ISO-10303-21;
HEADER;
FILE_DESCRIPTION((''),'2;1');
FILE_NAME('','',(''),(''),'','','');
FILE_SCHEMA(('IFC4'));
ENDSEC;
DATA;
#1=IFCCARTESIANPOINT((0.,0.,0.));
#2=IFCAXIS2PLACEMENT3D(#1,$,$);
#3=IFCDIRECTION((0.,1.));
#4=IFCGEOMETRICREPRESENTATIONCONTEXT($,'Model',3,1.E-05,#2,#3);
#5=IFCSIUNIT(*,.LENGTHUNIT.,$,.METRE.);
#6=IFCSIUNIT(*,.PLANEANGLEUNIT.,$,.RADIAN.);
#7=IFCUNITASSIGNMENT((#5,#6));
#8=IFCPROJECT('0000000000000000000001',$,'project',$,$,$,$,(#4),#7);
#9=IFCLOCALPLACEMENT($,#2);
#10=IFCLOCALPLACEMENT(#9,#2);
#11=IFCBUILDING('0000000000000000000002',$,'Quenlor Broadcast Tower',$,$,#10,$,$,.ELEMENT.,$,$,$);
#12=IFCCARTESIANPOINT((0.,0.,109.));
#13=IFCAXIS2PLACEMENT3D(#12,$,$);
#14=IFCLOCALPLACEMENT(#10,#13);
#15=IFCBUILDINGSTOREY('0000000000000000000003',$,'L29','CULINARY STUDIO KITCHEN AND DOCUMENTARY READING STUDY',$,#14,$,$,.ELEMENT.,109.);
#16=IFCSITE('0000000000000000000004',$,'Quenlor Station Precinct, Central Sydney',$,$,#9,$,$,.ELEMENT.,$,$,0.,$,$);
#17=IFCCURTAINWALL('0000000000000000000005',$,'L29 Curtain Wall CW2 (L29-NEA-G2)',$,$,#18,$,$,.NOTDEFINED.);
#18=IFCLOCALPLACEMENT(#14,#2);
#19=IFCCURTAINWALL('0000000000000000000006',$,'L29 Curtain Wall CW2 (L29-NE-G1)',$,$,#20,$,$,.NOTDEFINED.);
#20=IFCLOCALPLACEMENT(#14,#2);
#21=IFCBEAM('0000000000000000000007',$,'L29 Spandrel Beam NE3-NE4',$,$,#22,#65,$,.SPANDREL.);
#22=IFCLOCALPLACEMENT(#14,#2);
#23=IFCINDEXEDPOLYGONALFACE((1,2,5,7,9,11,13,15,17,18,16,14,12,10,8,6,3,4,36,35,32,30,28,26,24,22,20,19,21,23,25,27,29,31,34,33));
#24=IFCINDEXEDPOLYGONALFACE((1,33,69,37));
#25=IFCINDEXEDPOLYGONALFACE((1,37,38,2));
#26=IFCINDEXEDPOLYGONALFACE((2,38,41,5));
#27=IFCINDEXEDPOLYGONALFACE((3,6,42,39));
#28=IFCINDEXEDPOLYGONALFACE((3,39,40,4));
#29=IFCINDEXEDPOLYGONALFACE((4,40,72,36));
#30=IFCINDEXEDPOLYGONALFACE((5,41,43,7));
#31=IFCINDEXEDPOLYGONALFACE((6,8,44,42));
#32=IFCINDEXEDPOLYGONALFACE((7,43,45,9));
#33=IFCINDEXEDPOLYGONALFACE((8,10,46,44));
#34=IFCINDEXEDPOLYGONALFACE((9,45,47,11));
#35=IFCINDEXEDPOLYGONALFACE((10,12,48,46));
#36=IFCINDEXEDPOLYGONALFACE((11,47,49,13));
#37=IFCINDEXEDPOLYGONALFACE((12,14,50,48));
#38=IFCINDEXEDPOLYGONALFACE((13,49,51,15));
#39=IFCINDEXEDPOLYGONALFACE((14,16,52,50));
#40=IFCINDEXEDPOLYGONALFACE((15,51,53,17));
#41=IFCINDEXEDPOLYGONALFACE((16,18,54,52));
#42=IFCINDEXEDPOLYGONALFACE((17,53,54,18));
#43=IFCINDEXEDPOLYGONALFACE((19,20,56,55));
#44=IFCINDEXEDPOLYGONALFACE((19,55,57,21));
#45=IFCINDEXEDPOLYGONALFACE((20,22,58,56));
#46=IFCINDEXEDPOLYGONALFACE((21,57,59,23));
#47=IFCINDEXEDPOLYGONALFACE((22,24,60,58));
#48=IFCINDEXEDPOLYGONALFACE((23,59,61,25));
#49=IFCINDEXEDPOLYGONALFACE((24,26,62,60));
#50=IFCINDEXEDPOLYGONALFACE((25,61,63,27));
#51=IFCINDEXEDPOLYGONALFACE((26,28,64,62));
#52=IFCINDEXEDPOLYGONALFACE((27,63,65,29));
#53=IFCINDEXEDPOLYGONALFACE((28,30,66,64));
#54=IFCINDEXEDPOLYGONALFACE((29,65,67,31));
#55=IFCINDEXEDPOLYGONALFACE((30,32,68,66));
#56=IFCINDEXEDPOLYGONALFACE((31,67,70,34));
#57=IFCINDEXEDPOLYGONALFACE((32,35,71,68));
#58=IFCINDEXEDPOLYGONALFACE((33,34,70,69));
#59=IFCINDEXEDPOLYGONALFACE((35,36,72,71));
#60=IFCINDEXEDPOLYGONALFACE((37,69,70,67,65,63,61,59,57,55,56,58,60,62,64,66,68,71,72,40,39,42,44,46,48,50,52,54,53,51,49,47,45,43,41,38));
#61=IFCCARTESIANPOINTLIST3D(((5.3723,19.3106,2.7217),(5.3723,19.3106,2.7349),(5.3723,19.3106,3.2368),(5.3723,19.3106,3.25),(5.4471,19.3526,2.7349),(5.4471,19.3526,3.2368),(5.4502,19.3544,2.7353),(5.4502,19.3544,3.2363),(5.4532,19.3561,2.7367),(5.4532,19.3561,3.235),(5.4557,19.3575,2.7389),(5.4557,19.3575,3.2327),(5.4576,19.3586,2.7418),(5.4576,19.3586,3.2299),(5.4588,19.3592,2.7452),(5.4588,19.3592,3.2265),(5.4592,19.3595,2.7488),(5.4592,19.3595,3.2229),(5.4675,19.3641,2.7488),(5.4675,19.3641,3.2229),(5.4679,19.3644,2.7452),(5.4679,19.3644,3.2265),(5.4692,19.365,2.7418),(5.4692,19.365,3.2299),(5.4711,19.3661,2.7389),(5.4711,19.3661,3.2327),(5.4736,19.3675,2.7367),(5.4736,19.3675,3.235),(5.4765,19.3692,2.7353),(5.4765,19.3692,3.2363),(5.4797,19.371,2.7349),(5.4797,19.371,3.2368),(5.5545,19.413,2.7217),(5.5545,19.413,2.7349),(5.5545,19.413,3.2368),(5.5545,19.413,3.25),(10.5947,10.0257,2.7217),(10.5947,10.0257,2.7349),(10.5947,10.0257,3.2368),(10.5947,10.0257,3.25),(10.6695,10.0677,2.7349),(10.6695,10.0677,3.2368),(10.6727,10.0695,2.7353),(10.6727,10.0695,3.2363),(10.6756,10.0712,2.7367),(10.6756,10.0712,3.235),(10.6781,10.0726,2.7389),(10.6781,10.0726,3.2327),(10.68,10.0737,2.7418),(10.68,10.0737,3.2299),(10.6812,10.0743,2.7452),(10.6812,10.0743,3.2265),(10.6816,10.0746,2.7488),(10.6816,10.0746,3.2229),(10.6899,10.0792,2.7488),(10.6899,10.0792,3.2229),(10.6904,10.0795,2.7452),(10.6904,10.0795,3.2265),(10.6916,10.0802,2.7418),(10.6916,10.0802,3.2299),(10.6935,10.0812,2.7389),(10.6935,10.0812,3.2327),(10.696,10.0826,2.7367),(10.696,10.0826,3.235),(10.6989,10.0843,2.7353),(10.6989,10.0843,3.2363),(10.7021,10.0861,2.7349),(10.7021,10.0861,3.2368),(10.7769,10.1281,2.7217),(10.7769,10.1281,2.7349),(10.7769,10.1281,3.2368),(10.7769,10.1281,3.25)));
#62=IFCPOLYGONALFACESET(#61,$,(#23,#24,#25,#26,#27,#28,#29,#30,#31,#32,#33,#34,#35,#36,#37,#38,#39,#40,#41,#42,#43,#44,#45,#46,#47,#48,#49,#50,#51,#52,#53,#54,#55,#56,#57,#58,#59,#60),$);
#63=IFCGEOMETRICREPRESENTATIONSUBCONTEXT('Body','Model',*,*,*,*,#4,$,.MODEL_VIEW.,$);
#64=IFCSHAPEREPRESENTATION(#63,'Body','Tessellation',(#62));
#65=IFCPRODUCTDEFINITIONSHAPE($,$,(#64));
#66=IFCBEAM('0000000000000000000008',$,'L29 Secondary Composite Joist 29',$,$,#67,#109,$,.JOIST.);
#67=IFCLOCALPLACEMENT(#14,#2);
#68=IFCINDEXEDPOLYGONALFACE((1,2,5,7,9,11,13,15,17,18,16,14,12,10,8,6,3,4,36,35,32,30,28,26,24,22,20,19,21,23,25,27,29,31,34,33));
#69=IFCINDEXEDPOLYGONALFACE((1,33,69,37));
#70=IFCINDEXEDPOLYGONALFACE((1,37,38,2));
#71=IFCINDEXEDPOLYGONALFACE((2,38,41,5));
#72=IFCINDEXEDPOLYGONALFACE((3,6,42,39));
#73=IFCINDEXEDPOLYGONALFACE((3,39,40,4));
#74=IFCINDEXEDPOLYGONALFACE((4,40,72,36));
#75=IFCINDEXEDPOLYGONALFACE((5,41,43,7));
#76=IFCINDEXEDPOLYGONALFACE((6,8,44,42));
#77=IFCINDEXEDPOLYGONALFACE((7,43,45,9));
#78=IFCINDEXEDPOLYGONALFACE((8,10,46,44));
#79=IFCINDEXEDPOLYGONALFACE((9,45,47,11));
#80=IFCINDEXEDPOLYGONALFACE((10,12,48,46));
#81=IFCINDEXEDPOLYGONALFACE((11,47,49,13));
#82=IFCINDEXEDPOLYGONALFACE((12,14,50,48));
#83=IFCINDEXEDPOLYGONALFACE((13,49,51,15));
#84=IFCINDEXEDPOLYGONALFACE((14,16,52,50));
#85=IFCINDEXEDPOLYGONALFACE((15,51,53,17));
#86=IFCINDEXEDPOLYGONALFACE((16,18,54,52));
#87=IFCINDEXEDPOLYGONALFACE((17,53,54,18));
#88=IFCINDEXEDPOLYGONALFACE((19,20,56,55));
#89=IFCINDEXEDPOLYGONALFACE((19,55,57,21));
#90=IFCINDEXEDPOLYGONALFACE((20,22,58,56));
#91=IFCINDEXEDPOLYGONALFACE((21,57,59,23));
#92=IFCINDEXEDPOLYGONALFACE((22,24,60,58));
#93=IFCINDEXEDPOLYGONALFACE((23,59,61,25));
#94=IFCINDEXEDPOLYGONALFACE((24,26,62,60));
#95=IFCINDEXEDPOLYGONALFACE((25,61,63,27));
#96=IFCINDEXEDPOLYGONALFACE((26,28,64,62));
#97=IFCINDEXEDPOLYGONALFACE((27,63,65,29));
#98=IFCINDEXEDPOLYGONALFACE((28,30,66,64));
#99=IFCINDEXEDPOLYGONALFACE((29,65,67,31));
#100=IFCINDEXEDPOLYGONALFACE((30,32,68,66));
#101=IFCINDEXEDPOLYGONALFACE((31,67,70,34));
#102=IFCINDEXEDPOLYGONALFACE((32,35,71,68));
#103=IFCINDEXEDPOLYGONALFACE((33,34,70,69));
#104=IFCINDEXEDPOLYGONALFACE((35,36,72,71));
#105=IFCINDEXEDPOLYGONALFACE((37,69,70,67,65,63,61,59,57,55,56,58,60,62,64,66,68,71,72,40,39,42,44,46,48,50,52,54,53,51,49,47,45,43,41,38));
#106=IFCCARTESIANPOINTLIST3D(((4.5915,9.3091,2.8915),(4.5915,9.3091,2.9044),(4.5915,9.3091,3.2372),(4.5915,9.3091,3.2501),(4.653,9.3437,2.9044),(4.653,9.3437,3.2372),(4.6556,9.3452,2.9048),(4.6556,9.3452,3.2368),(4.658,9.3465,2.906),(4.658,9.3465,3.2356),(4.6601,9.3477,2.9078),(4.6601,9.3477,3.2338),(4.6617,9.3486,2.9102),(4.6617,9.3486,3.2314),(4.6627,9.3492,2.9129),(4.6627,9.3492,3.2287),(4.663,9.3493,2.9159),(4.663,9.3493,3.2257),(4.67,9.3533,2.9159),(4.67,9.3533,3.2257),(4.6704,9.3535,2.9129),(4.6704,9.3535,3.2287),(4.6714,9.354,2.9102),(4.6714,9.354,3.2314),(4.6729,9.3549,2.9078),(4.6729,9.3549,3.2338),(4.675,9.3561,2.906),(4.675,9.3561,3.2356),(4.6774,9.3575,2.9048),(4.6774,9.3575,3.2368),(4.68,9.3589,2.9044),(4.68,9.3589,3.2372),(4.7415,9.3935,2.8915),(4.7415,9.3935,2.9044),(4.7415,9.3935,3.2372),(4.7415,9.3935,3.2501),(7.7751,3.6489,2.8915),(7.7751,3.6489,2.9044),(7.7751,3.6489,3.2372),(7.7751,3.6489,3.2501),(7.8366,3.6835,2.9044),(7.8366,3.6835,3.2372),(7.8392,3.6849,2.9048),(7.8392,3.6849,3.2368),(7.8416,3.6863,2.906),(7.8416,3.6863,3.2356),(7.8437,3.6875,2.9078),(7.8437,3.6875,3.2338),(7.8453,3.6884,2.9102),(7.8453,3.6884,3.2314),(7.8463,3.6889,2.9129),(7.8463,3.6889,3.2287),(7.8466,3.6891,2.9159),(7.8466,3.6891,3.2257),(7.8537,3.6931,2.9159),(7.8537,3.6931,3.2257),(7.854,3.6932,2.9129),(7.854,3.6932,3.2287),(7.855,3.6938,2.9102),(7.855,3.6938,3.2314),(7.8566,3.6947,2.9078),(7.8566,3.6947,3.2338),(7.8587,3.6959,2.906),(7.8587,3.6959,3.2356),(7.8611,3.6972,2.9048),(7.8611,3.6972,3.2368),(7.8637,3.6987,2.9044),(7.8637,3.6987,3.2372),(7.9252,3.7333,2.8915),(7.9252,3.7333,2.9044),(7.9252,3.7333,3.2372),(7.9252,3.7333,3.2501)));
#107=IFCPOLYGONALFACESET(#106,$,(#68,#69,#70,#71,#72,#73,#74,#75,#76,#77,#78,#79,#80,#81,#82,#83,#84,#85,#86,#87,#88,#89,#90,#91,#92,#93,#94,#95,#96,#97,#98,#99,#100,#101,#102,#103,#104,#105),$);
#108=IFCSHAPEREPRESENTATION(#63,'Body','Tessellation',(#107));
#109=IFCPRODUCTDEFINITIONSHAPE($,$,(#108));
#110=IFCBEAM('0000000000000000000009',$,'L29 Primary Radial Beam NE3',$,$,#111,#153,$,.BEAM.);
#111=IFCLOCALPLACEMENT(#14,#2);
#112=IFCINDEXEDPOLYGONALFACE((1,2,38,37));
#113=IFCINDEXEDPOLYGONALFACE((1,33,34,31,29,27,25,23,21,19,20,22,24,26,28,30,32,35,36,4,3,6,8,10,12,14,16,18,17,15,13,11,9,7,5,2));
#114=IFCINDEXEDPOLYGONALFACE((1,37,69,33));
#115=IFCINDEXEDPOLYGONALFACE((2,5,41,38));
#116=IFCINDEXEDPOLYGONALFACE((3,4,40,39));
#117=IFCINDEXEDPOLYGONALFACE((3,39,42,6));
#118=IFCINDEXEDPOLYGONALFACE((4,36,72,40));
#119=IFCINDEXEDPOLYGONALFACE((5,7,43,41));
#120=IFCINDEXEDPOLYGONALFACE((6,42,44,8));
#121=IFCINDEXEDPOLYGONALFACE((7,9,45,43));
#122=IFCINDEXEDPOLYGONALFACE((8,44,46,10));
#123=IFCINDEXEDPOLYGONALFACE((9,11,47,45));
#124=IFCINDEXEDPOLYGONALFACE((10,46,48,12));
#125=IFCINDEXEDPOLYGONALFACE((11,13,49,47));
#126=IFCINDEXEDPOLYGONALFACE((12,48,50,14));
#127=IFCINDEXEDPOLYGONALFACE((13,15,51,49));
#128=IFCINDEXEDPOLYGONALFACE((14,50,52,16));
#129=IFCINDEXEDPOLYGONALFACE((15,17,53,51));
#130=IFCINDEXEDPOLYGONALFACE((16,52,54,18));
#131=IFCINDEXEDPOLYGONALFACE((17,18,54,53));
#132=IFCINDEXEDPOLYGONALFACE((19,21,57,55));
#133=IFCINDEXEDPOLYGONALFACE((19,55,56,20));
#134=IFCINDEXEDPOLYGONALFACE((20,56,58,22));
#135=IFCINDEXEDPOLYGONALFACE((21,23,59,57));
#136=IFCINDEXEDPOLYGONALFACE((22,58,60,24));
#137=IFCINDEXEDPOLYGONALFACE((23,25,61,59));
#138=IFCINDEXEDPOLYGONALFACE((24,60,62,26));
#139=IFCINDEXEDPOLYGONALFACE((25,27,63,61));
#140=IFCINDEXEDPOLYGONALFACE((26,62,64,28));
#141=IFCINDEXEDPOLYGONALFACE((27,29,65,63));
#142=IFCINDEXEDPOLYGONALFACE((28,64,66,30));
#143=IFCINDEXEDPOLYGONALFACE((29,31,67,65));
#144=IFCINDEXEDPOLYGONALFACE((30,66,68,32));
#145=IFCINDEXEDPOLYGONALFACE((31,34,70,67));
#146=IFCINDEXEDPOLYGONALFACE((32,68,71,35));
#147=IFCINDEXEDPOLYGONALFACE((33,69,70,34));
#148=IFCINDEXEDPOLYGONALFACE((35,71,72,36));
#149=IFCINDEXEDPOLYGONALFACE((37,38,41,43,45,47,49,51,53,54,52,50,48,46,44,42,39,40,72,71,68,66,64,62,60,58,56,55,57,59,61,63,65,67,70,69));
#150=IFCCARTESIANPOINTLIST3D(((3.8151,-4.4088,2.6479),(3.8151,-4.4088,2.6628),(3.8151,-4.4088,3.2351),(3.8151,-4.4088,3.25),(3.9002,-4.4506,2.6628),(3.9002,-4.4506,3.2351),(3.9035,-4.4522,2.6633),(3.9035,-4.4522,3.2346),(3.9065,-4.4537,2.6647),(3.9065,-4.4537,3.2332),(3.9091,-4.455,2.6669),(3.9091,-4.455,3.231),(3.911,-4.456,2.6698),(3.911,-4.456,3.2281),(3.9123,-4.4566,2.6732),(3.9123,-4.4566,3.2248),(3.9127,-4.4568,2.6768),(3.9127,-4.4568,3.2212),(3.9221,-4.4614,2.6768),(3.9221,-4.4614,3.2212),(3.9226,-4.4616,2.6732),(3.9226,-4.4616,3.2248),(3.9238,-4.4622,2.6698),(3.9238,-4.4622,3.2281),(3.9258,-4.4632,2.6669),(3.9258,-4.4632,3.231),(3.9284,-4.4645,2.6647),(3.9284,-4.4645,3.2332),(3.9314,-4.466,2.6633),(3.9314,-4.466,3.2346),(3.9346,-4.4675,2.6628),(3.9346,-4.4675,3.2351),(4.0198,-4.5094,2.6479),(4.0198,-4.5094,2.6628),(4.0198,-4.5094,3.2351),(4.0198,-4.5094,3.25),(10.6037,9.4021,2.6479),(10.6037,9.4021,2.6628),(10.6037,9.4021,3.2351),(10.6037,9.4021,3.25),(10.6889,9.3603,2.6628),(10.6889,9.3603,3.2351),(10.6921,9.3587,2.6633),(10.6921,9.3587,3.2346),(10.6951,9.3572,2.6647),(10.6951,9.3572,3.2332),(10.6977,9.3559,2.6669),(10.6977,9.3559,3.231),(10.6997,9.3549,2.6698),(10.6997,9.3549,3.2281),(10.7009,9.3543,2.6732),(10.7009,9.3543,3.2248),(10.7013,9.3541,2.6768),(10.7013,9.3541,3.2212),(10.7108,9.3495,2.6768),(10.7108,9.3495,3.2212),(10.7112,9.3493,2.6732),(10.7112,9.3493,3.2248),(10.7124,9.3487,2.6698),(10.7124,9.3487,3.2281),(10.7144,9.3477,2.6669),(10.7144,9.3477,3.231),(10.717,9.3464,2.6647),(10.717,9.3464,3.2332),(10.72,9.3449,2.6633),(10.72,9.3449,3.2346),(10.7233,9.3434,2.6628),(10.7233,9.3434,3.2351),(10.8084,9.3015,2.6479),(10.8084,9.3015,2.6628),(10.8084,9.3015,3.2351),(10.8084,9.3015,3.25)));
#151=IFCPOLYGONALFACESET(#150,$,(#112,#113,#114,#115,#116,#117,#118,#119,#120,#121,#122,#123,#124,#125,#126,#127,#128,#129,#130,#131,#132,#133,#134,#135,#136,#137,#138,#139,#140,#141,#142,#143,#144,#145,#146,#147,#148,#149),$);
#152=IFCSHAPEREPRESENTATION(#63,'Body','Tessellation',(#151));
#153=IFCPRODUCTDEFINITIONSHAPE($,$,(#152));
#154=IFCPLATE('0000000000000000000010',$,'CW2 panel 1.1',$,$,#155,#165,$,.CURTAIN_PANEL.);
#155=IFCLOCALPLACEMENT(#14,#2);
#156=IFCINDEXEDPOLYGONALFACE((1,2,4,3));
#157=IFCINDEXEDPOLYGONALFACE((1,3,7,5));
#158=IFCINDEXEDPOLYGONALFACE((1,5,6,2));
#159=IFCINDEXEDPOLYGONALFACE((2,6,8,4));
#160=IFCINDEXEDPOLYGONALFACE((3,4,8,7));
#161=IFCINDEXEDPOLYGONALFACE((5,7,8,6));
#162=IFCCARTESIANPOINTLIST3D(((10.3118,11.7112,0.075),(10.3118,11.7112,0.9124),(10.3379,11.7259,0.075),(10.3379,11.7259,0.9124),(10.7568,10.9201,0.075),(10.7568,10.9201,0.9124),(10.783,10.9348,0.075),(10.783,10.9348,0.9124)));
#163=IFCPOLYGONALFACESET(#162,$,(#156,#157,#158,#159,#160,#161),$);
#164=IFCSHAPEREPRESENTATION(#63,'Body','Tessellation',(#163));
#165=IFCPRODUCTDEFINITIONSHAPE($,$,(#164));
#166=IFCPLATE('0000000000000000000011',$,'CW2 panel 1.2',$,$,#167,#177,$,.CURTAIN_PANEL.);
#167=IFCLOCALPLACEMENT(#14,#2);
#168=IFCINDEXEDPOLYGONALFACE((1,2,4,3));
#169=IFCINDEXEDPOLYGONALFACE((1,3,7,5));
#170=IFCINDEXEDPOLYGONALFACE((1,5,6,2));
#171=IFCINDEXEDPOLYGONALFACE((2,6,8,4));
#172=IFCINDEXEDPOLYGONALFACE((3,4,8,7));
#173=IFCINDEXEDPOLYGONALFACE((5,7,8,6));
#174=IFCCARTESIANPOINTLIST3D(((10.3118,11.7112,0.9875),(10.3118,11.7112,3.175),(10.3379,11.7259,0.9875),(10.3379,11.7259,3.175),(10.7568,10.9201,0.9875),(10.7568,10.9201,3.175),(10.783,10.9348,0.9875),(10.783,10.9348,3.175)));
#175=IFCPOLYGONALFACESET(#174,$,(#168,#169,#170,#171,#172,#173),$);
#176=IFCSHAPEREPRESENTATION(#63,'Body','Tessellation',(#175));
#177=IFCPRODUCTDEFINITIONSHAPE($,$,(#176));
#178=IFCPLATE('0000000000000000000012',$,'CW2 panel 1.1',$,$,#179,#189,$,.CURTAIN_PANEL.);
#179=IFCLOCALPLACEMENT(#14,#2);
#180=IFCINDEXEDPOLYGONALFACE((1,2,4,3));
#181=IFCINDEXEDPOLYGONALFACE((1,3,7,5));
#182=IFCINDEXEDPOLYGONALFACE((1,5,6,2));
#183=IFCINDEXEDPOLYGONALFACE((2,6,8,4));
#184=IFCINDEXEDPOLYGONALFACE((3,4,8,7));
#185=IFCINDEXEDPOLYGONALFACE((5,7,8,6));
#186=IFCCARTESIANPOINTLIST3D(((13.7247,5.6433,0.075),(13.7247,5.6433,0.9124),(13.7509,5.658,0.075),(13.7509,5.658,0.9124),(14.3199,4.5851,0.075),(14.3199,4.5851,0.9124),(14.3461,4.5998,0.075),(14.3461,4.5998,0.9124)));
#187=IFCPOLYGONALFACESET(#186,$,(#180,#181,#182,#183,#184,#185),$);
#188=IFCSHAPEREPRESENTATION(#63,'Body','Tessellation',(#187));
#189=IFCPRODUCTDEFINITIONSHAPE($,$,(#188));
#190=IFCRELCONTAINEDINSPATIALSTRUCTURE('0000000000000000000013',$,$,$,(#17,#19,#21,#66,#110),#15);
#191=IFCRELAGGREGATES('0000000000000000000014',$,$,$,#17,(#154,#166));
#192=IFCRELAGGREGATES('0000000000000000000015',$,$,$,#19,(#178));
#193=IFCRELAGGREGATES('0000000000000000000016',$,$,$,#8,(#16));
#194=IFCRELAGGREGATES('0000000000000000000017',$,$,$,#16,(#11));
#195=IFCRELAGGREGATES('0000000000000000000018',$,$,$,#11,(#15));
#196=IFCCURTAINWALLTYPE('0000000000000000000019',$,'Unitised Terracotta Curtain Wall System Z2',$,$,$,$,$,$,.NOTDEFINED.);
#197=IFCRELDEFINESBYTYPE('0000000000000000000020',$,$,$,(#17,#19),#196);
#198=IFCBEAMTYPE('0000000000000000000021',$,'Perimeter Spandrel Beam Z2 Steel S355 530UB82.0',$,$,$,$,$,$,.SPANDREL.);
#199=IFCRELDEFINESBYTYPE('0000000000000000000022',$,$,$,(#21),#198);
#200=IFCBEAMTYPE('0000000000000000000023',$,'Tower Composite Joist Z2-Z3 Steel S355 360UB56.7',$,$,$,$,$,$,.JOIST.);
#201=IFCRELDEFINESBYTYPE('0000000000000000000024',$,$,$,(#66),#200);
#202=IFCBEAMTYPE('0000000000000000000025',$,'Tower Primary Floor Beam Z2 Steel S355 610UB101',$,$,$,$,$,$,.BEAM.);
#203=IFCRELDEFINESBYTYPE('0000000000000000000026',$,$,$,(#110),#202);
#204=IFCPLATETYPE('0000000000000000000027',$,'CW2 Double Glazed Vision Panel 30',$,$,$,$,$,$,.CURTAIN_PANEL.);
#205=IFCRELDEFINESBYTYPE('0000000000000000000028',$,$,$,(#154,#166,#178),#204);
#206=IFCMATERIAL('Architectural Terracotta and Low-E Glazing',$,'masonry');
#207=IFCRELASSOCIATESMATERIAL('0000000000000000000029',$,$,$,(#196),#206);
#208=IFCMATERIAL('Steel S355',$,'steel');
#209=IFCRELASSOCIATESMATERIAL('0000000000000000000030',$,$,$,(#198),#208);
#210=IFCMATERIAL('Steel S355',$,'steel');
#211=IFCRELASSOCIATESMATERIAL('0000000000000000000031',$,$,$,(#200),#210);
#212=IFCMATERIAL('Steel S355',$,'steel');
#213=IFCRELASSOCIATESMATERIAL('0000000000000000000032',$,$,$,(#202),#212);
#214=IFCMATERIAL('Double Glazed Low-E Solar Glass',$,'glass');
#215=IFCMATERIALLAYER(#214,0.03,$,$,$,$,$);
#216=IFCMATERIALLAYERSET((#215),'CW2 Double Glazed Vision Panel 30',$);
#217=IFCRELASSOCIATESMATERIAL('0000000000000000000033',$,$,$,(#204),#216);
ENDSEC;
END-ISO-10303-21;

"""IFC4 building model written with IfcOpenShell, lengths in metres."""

from ifc_helpers import new_model, si_unit, direction, frame, origin, origin_2d, place, context, subcontext, project, spatial, rectangle, i_section, extrude, material, layer, layer_set, material_profile, profile_set, type_object, element, aggregate, save


model = new_model("IFC4")

# Units and contexts
model_context = context("Model", 3, precision=1e-05, world=origin(), true_north=direction((0.0, 1.0)))
body_context = subcontext(model_context, "Body", "Model", "MODEL_VIEW")
ifc_project = project(units=[si_unit("LENGTHUNIT", "METRE"), si_unit("PLANEANGLEUNIT", "RADIAN")], contexts=[model_context])

# Site, building, storey
site_placement = place(None, origin())
site = spatial("IfcSite", under=ifc_project, at=site_placement, Name="Quenlor Station Precinct, Central Sydney", CompositionType="ELEMENT", RefElevation=0.0)
building_placement = place(site_placement, origin())
building = spatial("IfcBuilding", under=site, at=building_placement, Name="Quenlor Broadcast Tower", CompositionType="ELEMENT")
storey_placement = place(building_placement, frame((0.0, 0.0, 109.0)))
storey = spatial("IfcBuildingStorey", under=building, at=storey_placement, Name="L29", Description="CULINARY STUDIO KITCHEN AND DOCUMENTARY READING STUDY", CompositionType="ELEMENT", Elevation=109.0)

# Curtain wall
ifc_material_1 = material(Name="Architectural Terracotta and Low-E Glazing", Category="masonry")
curtain_wall_type = type_object("IfcCurtainWallType", Name="Unitised Terracotta Curtain Wall System Z2", PredefinedType="NOTDEFINED", material=ifc_material_1)
curtain_wall_1_placement = place(storey_placement, origin())
curtain_wall_1 = element("IfcCurtainWall", 1, at=curtain_wall_1_placement, inside=storey, type_object=curtain_wall_type, Name="L29 Curtain Wall CW2 (L29-NEA-G2)", PredefinedType="NOTDEFINED")

# Curtain wall
curtain_wall_2_placement = place(storey_placement, origin())
curtain_wall_2 = element("IfcCurtainWall", 2, at=curtain_wall_2_placement, inside=storey, type_object=curtain_wall_type, Name="L29 Curtain Wall CW2 (L29-NE-G1)", PredefinedType="NOTDEFINED")

# Beams
ifc_material_2 = material(Name="Steel S355", Category="steel")
ifc_material_profile_1 = material_profile(ifc_material_2, i_section(OverallWidth=0.209, OverallDepth=0.5283, WebThickness=0.0095, FlangeThickness=0.0132, FilletRadius=0.0139, at=origin_2d()))
ifc_profile_set_1 = profile_set([ifc_material_profile_1], Name="Steel S355 530UB82.0")
beam_type_1 = type_object("IfcBeamType", Name="Perimeter Spandrel Beam Z2 Steel S355 530UB82.0", PredefinedType="SPANDREL", material=ifc_profile_set_1)
beam_1_placement = place(storey_placement, frame((10.6858, 10.0769, 2.9858), z_axis=(-0.490236, 0.87159, 0.0), x_axis=(-0.87159, -0.490236, 0.0)))
element("IfcBeam", 3, at=beam_1_placement, inside=storey, type_object=beam_type_1, Name="L29 Spandrel Beam NE3-NE4", PredefinedType="SPANDREL", context=body_context, shape_type="SweptSolid", body=[
    extrude(i_section(OverallWidth=0.209, OverallDepth=0.5283, WebThickness=0.0095, FlangeThickness=0.0132, FilletRadius=0.0139, at=origin_2d()), origin(), (0.0, 0.0, 1.0), 10.6528),
])
ifc_material_3 = material(Name="Steel S355", Category="steel")
ifc_material_profile_2 = material_profile(ifc_material_3, i_section(OverallWidth=0.1721, OverallDepth=0.3586, WebThickness=0.0081, FlangeThickness=0.0129, FilletRadius=0.0115, at=origin_2d()))
ifc_profile_set_2 = profile_set([ifc_material_profile_2], Name="Steel S355 360UB56.7")
beam_type_2 = type_object("IfcBeamType", Name="Tower Composite Joist Z2-Z3 Steel S355 360UB56.7", PredefinedType="JOIST", material=ifc_profile_set_2)
beam_2_placement = place(storey_placement, frame((4.6665, 9.3513, 3.0708), z_axis=(0.490233, -0.871592, 0.0), x_axis=(0.871592, 0.490233, 0.0)))
element("IfcBeam", 4, at=beam_2_placement, inside=storey, type_object=beam_type_2, Name="L29 Secondary Composite Joist 29", PredefinedType="JOIST", context=body_context, shape_type="SweptSolid", body=[
    extrude(i_section(OverallWidth=0.1721, OverallDepth=0.3586, WebThickness=0.0081, FlangeThickness=0.0129, FilletRadius=0.0115, at=origin_2d()), origin(), (0.0, 0.0, 1.0), 6.4941),
])
ifc_material_4 = material(Name="Steel S355", Category="steel")
ifc_material_profile_3 = material_profile(ifc_material_4, i_section(OverallWidth=0.228, OverallDepth=0.6021, WebThickness=0.0105, FlangeThickness=0.0149, FilletRadius=0.0139, at=origin_2d()))
ifc_profile_set_3 = profile_set([ifc_material_profile_3], Name="Steel S355 610UB101")
beam_type_3 = type_object("IfcBeamType", Name="Tower Primary Floor Beam Z2 Steel S355 610UB101", PredefinedType="BEAM", material=ifc_profile_set_3)
beam_3_placement = place(storey_placement, frame((10.7061, 9.3518, 2.949), z_axis=(-0.44113, -0.897443, 0.0), x_axis=(0.897443, -0.44113, 0.0)))
element("IfcBeam", 5, at=beam_3_placement, inside=storey, type_object=beam_type_3, Name="L29 Primary Radial Beam NE3", PredefinedType="BEAM", context=body_context, shape_type="SweptSolid", body=[
    extrude(i_section(OverallWidth=0.228, OverallDepth=0.6021, WebThickness=0.0105, FlangeThickness=0.0149, FilletRadius=0.0139, at=origin_2d()), origin(), (0.0, 0.0, 1.0), 15.3892),
])

# Plates
ifc_material_5 = material(Name="Double Glazed Low-E Solar Glass", Category="glass")
ifc_layer_1 = layer(ifc_material_5, 0.03)
ifc_layer_set_1 = layer_set([ifc_layer_1], Name="CW2 Double Glazed Vision Panel 30")
plate_type_1 = type_object("IfcPlateType", Name="CW2 Double Glazed Vision Panel 30", PredefinedType="CURTAIN_PANEL", material=ifc_layer_set_1)
plate_1_placement = place(storey_placement, frame((10.5474, 11.323, 0.075), z_axis=(0.0, 0.0, 1.0), x_axis=(0.490252, -0.871581, 0.0)))
plate_1 = element("IfcPlate", 6, at=plate_1_placement, type_object=plate_type_1, Name="CW2 panel 1.1", PredefinedType="CURTAIN_PANEL", context=body_context, shape_type="SweptSolid", body=[
    extrude(rectangle(XDim=0.9077, YDim=0.03, at=origin_2d()), origin(), (0.0, 0.0, 1.0), 0.8374),
])
plate_2_placement = place(storey_placement, frame((10.5474, 11.323, 0.9875), z_axis=(0.0, 0.0, 1.0), x_axis=(0.490252, -0.871581, 0.0)))
plate_2 = element("IfcPlate", 7, at=plate_2_placement, type_object=plate_type_1, Name="CW2 panel 1.2", PredefinedType="CURTAIN_PANEL", context=body_context, shape_type="SweptSolid", body=[
    extrude(rectangle(XDim=0.9077, YDim=0.03, at=origin_2d()), origin(), (0.0, 0.0, 1.0), 2.1875),
])
aggregate(curtain_wall_1, [plate_1, plate_2])
plate_3_placement = place(storey_placement, frame((14.0354, 5.1216, 0.075), z_axis=(0.0, 0.0, 1.0), x_axis=(0.490254, -0.871579, 0.0)))
plate_3 = element("IfcPlate", 8, at=plate_3_placement, type_object=plate_type_1, Name="CW2 panel 1.1", PredefinedType="CURTAIN_PANEL", context=body_context, shape_type="SweptSolid", body=[
    extrude(rectangle(XDim=1.2141, YDim=0.03, at=origin_2d()), origin(), (0.0, 0.0, 1.0), 0.8374),
])
aggregate(curtain_wall_2, [plate_3])

save(model, "model.ifc")
